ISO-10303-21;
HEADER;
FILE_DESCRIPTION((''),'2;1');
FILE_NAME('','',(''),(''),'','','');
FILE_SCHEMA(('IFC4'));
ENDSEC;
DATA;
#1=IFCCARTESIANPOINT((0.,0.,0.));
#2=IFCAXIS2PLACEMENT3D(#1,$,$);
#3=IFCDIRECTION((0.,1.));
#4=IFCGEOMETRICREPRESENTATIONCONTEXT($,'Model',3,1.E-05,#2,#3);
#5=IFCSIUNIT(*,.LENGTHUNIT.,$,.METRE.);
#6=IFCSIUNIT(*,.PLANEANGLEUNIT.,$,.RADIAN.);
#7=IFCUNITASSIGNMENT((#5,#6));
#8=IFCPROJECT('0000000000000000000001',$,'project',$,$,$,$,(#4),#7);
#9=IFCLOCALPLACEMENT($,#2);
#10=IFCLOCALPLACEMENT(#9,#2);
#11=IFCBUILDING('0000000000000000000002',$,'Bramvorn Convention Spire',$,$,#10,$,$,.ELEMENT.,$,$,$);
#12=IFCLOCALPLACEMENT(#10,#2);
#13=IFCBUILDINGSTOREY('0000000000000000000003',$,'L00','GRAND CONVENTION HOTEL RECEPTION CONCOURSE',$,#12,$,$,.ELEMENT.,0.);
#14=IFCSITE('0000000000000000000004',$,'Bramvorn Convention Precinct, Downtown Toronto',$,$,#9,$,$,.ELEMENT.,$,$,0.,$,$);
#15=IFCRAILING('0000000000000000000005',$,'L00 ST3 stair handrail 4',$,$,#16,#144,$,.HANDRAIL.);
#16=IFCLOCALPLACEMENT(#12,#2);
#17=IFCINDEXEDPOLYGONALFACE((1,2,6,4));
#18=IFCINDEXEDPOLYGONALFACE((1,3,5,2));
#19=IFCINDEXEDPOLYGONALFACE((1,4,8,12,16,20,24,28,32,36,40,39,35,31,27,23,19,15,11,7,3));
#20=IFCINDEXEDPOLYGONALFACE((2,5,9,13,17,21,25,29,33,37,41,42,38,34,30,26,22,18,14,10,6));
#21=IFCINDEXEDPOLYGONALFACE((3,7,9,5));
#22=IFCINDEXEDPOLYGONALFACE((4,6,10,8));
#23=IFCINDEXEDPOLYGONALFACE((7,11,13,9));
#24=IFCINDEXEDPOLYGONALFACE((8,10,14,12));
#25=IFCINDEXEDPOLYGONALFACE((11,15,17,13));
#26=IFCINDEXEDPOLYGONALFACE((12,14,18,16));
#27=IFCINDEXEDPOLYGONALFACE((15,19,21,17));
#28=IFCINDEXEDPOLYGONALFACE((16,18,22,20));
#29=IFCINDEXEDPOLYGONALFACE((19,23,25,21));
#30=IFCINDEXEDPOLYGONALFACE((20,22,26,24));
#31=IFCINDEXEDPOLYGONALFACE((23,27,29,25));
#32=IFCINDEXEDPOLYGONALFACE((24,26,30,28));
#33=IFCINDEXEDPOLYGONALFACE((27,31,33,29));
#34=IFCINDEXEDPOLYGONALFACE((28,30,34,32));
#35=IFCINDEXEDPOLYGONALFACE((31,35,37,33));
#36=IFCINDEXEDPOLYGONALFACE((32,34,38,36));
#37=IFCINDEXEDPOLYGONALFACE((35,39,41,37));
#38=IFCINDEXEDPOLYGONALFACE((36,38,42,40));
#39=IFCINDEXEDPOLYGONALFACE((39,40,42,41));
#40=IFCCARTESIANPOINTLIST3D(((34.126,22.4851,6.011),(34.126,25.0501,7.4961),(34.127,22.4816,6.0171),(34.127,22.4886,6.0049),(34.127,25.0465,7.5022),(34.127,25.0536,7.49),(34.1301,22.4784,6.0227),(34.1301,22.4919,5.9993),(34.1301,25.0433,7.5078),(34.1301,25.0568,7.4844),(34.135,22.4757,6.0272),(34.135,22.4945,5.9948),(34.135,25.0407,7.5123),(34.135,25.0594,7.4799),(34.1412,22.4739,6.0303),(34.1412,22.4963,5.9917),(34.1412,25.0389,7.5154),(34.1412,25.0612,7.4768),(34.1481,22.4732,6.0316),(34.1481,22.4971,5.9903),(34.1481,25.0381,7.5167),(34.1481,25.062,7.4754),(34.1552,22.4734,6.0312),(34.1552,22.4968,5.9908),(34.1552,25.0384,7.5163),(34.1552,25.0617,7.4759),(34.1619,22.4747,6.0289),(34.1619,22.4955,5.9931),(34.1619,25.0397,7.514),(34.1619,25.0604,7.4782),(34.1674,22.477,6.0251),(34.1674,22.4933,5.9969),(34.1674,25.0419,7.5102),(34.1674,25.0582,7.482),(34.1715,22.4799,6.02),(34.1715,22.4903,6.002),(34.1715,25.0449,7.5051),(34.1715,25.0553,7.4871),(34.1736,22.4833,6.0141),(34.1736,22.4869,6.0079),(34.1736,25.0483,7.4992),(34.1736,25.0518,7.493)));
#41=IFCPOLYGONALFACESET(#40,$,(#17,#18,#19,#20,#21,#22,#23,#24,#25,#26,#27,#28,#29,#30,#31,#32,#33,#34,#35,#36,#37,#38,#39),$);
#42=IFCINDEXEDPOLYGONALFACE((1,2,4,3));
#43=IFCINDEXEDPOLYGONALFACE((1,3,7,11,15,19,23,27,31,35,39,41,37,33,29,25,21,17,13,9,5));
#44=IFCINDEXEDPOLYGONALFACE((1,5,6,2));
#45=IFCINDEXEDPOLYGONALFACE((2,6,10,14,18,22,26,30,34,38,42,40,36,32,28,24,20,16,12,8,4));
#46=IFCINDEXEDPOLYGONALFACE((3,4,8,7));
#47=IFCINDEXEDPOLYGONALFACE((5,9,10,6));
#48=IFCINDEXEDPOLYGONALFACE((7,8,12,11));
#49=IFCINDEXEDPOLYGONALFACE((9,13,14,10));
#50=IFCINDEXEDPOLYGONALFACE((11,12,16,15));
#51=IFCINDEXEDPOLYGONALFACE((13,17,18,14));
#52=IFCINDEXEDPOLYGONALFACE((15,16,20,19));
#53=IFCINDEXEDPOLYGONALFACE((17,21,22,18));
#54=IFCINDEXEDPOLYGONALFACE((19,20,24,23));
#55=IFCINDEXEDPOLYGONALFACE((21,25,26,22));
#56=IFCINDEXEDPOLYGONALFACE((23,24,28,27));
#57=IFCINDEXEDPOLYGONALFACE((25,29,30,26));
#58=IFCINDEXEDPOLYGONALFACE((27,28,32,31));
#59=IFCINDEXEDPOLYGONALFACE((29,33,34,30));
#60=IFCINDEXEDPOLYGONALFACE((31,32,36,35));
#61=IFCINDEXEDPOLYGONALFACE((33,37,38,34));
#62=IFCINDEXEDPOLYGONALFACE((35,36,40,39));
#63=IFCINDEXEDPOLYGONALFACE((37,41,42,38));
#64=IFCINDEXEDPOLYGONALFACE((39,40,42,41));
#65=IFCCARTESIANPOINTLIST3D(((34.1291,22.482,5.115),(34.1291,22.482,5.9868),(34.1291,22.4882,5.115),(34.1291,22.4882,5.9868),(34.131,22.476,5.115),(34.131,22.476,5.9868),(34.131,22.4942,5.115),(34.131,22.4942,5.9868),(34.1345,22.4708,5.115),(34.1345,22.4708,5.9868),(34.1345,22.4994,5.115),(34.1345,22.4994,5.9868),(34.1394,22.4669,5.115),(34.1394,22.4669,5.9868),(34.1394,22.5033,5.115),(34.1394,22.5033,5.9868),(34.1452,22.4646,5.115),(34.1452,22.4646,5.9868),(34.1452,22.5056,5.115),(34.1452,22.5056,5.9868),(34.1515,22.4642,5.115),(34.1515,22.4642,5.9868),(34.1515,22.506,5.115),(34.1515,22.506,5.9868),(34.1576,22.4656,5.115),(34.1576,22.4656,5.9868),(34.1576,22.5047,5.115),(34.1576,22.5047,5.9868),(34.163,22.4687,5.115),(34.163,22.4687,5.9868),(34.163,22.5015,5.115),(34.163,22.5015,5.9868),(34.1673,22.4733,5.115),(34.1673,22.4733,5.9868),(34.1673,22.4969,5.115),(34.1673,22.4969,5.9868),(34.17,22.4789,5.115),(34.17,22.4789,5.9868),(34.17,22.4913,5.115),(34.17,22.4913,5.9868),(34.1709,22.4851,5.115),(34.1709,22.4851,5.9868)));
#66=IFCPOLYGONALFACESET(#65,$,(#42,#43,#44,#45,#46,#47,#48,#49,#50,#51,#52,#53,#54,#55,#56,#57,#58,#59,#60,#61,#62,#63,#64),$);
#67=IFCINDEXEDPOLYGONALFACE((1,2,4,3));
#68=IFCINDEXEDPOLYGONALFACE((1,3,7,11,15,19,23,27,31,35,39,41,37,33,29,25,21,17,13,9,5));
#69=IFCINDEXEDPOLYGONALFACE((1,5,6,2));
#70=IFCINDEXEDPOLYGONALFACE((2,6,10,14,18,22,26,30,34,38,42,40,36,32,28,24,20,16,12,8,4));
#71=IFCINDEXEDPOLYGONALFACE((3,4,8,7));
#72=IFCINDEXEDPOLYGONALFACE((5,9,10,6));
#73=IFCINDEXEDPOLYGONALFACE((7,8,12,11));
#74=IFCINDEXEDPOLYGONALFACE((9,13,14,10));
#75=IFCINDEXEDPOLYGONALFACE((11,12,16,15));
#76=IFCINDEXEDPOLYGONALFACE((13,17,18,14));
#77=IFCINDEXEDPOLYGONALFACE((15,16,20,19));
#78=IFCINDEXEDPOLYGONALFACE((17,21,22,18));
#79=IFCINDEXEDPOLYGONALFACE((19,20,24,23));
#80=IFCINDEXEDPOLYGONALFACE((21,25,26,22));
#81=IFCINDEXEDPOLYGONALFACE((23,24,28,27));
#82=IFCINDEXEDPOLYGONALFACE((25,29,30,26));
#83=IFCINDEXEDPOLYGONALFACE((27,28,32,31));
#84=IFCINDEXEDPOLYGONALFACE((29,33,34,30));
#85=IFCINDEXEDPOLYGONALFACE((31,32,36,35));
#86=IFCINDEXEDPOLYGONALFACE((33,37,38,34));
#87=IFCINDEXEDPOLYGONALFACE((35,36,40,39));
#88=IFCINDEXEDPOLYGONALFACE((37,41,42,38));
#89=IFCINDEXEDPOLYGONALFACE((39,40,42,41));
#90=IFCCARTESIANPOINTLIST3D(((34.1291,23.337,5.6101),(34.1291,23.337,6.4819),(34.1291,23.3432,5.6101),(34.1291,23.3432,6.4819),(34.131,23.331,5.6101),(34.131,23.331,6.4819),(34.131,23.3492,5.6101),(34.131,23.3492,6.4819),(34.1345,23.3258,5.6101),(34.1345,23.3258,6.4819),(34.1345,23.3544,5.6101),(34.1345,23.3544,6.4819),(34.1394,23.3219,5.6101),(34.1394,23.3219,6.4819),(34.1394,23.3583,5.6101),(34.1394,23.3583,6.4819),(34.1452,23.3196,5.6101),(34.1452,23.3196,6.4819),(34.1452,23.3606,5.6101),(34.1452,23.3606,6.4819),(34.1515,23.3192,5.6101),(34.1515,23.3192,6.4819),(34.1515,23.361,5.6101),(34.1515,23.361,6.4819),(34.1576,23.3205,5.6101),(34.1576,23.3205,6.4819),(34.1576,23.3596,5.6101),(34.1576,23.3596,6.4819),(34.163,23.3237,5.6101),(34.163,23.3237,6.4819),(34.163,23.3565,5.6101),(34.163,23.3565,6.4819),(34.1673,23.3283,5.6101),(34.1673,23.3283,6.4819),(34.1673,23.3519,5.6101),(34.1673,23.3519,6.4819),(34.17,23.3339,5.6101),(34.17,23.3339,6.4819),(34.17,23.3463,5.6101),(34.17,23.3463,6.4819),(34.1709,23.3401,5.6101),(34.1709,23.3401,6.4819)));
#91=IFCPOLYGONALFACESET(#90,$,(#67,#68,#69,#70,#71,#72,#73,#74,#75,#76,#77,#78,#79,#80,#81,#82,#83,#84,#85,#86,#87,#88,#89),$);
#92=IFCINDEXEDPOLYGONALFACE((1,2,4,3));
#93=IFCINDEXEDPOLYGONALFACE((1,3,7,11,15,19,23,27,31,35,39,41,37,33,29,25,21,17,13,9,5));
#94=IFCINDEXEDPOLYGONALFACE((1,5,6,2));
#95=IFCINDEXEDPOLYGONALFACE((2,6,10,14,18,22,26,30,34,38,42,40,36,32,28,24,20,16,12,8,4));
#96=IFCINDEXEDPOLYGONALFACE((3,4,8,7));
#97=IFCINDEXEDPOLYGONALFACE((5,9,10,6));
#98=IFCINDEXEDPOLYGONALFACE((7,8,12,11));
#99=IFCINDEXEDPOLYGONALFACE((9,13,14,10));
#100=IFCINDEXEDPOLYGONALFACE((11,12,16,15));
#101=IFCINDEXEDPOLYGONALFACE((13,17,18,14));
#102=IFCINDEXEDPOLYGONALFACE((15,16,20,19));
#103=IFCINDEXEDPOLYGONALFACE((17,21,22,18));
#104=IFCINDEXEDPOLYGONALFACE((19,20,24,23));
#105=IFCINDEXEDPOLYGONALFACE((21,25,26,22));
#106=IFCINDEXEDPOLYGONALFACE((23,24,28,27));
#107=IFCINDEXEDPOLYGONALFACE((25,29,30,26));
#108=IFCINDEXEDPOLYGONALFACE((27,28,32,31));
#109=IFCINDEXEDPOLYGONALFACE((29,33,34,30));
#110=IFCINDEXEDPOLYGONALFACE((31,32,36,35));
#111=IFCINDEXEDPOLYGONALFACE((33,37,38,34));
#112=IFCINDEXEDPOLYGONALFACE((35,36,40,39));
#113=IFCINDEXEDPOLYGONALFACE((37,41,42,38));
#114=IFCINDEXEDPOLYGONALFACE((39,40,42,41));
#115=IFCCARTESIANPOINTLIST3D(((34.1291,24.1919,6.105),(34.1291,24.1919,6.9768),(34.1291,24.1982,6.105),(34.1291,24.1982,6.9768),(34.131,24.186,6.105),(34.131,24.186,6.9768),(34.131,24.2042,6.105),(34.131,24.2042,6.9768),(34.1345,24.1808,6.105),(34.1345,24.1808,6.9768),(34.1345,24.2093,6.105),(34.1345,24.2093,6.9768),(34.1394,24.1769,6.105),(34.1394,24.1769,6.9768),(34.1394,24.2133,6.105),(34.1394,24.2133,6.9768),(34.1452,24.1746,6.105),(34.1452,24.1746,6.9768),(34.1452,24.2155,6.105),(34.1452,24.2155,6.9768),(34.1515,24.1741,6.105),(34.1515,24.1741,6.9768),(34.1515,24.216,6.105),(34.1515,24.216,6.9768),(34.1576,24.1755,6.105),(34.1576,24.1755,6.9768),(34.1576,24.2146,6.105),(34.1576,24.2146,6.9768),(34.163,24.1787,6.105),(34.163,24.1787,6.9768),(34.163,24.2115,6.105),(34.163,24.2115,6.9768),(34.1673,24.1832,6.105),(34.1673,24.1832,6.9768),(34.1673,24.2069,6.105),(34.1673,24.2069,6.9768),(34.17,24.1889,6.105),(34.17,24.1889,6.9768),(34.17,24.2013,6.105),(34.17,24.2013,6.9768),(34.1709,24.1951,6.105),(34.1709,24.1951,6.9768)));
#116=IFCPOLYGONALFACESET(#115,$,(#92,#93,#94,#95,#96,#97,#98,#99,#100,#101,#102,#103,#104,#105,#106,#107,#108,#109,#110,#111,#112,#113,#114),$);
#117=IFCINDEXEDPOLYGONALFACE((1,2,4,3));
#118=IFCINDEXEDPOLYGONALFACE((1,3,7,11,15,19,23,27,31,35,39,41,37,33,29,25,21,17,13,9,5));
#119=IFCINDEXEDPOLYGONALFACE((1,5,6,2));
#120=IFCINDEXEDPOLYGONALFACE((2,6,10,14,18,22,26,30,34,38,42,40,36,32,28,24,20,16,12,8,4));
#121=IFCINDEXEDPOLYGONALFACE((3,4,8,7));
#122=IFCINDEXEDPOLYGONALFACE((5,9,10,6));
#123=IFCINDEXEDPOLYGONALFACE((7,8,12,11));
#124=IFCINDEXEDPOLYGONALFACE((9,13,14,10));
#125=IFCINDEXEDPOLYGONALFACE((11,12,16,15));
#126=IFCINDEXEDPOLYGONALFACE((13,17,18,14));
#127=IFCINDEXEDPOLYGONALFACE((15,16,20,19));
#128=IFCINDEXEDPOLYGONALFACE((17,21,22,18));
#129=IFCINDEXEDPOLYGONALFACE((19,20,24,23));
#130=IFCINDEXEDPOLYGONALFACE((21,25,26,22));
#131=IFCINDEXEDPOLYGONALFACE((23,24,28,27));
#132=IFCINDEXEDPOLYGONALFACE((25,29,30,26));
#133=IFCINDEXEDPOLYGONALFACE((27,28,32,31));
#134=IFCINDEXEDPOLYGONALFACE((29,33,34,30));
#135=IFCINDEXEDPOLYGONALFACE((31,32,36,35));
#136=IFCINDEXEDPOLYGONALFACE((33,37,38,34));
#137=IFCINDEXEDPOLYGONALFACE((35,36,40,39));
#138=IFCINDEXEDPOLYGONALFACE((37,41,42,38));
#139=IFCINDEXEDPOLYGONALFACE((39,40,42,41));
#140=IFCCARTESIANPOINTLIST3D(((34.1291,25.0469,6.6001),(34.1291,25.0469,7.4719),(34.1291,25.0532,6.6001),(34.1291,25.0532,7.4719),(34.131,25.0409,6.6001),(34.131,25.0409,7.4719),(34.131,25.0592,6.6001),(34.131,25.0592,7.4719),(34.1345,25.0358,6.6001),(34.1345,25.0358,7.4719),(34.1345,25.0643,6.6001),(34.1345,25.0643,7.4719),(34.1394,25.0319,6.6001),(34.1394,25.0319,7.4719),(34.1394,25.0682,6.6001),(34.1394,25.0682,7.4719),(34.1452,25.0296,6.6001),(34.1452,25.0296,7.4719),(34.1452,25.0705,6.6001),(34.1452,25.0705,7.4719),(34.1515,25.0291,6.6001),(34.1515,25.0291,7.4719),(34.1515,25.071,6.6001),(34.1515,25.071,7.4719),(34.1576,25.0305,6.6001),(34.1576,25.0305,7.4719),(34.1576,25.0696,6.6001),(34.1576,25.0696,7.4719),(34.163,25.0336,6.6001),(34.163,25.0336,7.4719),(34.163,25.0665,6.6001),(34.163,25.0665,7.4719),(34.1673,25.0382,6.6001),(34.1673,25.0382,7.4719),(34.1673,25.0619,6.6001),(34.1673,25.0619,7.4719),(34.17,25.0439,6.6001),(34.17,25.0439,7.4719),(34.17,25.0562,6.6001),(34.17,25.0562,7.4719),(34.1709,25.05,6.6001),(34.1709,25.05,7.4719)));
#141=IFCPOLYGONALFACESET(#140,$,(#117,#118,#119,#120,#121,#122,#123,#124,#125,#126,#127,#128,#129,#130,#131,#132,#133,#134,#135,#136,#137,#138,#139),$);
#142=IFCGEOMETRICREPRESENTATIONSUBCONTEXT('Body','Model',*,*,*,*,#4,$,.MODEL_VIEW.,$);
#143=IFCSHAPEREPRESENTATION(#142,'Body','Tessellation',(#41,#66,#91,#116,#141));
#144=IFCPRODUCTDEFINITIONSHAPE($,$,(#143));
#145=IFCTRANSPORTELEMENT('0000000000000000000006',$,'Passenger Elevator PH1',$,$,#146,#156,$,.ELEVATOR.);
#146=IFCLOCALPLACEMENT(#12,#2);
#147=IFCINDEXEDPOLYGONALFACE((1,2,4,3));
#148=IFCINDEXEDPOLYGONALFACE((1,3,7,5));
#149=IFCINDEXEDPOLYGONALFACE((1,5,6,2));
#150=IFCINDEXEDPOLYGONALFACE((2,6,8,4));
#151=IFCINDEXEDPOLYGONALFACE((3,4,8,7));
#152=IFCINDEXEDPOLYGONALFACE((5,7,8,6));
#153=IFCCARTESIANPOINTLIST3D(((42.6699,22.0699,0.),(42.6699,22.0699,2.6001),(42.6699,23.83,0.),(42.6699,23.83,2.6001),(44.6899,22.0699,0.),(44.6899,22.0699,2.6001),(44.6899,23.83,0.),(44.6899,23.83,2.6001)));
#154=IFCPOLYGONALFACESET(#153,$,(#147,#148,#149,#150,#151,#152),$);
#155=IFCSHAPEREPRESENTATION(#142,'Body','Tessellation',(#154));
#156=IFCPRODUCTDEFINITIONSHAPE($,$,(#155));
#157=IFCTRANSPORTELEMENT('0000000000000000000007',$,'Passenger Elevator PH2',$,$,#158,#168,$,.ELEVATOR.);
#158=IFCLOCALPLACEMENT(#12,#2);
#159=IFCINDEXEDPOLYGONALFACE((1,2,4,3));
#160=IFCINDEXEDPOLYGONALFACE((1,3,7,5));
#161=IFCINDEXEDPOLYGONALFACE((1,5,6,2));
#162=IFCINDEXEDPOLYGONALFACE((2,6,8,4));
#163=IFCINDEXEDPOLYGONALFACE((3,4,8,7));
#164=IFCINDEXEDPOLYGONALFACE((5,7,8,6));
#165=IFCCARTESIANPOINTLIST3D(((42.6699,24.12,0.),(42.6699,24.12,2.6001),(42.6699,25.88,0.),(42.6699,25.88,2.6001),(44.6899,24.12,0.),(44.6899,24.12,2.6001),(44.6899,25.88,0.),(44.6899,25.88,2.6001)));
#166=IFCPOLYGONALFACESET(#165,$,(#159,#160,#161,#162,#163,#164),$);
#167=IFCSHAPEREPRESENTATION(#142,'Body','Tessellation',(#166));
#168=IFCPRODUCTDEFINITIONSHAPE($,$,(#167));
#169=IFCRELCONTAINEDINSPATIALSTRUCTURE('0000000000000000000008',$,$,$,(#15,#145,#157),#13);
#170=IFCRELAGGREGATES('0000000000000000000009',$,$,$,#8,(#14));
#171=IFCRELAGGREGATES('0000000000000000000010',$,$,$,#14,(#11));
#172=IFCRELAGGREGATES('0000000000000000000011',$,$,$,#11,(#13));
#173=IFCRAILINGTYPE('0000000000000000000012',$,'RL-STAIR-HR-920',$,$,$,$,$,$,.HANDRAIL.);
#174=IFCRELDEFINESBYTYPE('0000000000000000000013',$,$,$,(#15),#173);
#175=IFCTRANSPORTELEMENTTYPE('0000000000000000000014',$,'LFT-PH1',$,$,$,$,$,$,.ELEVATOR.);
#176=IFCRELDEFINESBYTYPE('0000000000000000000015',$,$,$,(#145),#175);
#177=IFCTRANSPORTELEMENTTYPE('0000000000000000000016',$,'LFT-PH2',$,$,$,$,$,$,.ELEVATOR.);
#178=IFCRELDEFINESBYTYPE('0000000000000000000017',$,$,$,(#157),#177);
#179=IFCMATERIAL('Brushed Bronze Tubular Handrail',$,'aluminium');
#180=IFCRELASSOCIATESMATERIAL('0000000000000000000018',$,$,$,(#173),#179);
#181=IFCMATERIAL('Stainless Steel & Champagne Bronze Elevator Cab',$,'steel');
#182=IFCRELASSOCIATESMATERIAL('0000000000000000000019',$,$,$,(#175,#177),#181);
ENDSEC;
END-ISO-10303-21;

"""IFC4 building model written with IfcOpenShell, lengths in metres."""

from ifc_helpers import new_model, si_unit, direction, frame, origin, origin_2d, place, context, subcontext, project, spatial, rectangle, circle, extrude, material, type_object, element, save


model = new_model("IFC4")

# Units and contexts
model_context = context("Model", 3, precision=1e-05, world=origin(), true_north=direction((0.0, 1.0)))
body_context = subcontext(model_context, "Body", "Model", "MODEL_VIEW")
ifc_project = project(units=[si_unit("LENGTHUNIT", "METRE"), si_unit("PLANEANGLEUNIT", "RADIAN")], contexts=[model_context])

# Site, building, storey
site_placement = place(None, origin())
site = spatial("IfcSite", under=ifc_project, at=site_placement, Name="Bramvorn Convention Precinct, Downtown Toronto", CompositionType="ELEMENT", RefElevation=0.0)
building_placement = place(site_placement, origin())
building = spatial("IfcBuilding", under=site, at=building_placement, Name="Bramvorn Convention Spire", CompositionType="ELEMENT")
storey_placement = place(building_placement, origin())
storey = spatial("IfcBuildingStorey", under=building, at=storey_placement, Name="L00", Description="GRAND CONVENTION HOTEL RECEPTION CONCOURSE", CompositionType="ELEMENT", Elevation=0.0)

# Railing
ifc_material_1 = material(Name="Brushed Bronze Tubular Handrail", Category="aluminium")
railing_type_1 = type_object("IfcRailingType", Name="RL-STAIR-HR-920", PredefinedType="HANDRAIL", material=ifc_material_1)
railing_1_placement = place(storey_placement, frame((34.1499, 22.4851, 5.115)))
element("IfcRailing", 1, at=railing_1_placement, inside=storey, type_object=railing_type_1, Name="L00 ST3 stair handrail 4", PredefinedType="HANDRAIL", context=body_context, shape_type="SweptSolid", body=[
    extrude(circle(Radius=0.0239, at=origin_2d()), frame((0.0, 0.0, 0.896), z_axis=(0.0, 0.865406, 0.501072), x_axis=(-1.0, 0.0, 0.0)), (0.0, 0.0, 1.0), 2.9639),
    extrude(circle(Radius=0.021, at=origin_2d()), origin(), (0.0, 0.0, 1.0), 0.8718),
    extrude(circle(Radius=0.021, at=origin_2d()), frame((0.0, 0.855, 0.4951)), (0.0, 0.0, 1.0), 0.8718),
    extrude(circle(Radius=0.021, at=origin_2d()), frame((0.0, 1.71, 0.99)), (0.0, 0.0, 1.0), 0.8718),
    extrude(circle(Radius=0.021, at=origin_2d()), frame((0.0, 2.5649, 1.4851)), (0.0, 0.0, 1.0), 0.8718),
])

# Transport elements
ifc_material_2 = material(Name="Stainless Steel & Champagne Bronze Elevator Cab", Category="steel")
transport_element_type_1 = type_object("IfcTransportElementType", Name="LFT-PH1", PredefinedType="ELEVATOR", material=ifc_material_2)
transport_element_1_placement = place(storey_placement, frame((43.6799, 22.95, 0.0), z_axis=(0.0, 0.0, 1.0), x_axis=(1.0, 0.0, 0.0)))
element("IfcTransportElement", 2, at=transport_element_1_placement, inside=storey, type_object=transport_element_type_1, Name="Passenger Elevator PH1", PredefinedType="ELEVATOR", context=body_context, shape_type="SweptSolid", body=[
    extrude(rectangle(XDim=2.02, YDim=1.76, at=origin_2d()), origin(), (0.0, 0.0, 1.0), 2.6001),
])
transport_element_type_2 = type_object("IfcTransportElementType", Name="LFT-PH2", PredefinedType="ELEVATOR", material=ifc_material_2)
transport_element_2_placement = place(storey_placement, frame((43.6799, 25.0, 0.0), z_axis=(0.0, 0.0, 1.0), x_axis=(1.0, 0.0, 0.0)))
element("IfcTransportElement", 3, at=transport_element_2_placement, inside=storey, type_object=transport_element_type_2, Name="Passenger Elevator PH2", PredefinedType="ELEVATOR", context=body_context, shape_type="SweptSolid", body=[
    extrude(rectangle(XDim=2.02, YDim=1.76, at=origin_2d()), origin(), (0.0, 0.0, 1.0), 2.6001),
])

save(model, "model.ifc")
